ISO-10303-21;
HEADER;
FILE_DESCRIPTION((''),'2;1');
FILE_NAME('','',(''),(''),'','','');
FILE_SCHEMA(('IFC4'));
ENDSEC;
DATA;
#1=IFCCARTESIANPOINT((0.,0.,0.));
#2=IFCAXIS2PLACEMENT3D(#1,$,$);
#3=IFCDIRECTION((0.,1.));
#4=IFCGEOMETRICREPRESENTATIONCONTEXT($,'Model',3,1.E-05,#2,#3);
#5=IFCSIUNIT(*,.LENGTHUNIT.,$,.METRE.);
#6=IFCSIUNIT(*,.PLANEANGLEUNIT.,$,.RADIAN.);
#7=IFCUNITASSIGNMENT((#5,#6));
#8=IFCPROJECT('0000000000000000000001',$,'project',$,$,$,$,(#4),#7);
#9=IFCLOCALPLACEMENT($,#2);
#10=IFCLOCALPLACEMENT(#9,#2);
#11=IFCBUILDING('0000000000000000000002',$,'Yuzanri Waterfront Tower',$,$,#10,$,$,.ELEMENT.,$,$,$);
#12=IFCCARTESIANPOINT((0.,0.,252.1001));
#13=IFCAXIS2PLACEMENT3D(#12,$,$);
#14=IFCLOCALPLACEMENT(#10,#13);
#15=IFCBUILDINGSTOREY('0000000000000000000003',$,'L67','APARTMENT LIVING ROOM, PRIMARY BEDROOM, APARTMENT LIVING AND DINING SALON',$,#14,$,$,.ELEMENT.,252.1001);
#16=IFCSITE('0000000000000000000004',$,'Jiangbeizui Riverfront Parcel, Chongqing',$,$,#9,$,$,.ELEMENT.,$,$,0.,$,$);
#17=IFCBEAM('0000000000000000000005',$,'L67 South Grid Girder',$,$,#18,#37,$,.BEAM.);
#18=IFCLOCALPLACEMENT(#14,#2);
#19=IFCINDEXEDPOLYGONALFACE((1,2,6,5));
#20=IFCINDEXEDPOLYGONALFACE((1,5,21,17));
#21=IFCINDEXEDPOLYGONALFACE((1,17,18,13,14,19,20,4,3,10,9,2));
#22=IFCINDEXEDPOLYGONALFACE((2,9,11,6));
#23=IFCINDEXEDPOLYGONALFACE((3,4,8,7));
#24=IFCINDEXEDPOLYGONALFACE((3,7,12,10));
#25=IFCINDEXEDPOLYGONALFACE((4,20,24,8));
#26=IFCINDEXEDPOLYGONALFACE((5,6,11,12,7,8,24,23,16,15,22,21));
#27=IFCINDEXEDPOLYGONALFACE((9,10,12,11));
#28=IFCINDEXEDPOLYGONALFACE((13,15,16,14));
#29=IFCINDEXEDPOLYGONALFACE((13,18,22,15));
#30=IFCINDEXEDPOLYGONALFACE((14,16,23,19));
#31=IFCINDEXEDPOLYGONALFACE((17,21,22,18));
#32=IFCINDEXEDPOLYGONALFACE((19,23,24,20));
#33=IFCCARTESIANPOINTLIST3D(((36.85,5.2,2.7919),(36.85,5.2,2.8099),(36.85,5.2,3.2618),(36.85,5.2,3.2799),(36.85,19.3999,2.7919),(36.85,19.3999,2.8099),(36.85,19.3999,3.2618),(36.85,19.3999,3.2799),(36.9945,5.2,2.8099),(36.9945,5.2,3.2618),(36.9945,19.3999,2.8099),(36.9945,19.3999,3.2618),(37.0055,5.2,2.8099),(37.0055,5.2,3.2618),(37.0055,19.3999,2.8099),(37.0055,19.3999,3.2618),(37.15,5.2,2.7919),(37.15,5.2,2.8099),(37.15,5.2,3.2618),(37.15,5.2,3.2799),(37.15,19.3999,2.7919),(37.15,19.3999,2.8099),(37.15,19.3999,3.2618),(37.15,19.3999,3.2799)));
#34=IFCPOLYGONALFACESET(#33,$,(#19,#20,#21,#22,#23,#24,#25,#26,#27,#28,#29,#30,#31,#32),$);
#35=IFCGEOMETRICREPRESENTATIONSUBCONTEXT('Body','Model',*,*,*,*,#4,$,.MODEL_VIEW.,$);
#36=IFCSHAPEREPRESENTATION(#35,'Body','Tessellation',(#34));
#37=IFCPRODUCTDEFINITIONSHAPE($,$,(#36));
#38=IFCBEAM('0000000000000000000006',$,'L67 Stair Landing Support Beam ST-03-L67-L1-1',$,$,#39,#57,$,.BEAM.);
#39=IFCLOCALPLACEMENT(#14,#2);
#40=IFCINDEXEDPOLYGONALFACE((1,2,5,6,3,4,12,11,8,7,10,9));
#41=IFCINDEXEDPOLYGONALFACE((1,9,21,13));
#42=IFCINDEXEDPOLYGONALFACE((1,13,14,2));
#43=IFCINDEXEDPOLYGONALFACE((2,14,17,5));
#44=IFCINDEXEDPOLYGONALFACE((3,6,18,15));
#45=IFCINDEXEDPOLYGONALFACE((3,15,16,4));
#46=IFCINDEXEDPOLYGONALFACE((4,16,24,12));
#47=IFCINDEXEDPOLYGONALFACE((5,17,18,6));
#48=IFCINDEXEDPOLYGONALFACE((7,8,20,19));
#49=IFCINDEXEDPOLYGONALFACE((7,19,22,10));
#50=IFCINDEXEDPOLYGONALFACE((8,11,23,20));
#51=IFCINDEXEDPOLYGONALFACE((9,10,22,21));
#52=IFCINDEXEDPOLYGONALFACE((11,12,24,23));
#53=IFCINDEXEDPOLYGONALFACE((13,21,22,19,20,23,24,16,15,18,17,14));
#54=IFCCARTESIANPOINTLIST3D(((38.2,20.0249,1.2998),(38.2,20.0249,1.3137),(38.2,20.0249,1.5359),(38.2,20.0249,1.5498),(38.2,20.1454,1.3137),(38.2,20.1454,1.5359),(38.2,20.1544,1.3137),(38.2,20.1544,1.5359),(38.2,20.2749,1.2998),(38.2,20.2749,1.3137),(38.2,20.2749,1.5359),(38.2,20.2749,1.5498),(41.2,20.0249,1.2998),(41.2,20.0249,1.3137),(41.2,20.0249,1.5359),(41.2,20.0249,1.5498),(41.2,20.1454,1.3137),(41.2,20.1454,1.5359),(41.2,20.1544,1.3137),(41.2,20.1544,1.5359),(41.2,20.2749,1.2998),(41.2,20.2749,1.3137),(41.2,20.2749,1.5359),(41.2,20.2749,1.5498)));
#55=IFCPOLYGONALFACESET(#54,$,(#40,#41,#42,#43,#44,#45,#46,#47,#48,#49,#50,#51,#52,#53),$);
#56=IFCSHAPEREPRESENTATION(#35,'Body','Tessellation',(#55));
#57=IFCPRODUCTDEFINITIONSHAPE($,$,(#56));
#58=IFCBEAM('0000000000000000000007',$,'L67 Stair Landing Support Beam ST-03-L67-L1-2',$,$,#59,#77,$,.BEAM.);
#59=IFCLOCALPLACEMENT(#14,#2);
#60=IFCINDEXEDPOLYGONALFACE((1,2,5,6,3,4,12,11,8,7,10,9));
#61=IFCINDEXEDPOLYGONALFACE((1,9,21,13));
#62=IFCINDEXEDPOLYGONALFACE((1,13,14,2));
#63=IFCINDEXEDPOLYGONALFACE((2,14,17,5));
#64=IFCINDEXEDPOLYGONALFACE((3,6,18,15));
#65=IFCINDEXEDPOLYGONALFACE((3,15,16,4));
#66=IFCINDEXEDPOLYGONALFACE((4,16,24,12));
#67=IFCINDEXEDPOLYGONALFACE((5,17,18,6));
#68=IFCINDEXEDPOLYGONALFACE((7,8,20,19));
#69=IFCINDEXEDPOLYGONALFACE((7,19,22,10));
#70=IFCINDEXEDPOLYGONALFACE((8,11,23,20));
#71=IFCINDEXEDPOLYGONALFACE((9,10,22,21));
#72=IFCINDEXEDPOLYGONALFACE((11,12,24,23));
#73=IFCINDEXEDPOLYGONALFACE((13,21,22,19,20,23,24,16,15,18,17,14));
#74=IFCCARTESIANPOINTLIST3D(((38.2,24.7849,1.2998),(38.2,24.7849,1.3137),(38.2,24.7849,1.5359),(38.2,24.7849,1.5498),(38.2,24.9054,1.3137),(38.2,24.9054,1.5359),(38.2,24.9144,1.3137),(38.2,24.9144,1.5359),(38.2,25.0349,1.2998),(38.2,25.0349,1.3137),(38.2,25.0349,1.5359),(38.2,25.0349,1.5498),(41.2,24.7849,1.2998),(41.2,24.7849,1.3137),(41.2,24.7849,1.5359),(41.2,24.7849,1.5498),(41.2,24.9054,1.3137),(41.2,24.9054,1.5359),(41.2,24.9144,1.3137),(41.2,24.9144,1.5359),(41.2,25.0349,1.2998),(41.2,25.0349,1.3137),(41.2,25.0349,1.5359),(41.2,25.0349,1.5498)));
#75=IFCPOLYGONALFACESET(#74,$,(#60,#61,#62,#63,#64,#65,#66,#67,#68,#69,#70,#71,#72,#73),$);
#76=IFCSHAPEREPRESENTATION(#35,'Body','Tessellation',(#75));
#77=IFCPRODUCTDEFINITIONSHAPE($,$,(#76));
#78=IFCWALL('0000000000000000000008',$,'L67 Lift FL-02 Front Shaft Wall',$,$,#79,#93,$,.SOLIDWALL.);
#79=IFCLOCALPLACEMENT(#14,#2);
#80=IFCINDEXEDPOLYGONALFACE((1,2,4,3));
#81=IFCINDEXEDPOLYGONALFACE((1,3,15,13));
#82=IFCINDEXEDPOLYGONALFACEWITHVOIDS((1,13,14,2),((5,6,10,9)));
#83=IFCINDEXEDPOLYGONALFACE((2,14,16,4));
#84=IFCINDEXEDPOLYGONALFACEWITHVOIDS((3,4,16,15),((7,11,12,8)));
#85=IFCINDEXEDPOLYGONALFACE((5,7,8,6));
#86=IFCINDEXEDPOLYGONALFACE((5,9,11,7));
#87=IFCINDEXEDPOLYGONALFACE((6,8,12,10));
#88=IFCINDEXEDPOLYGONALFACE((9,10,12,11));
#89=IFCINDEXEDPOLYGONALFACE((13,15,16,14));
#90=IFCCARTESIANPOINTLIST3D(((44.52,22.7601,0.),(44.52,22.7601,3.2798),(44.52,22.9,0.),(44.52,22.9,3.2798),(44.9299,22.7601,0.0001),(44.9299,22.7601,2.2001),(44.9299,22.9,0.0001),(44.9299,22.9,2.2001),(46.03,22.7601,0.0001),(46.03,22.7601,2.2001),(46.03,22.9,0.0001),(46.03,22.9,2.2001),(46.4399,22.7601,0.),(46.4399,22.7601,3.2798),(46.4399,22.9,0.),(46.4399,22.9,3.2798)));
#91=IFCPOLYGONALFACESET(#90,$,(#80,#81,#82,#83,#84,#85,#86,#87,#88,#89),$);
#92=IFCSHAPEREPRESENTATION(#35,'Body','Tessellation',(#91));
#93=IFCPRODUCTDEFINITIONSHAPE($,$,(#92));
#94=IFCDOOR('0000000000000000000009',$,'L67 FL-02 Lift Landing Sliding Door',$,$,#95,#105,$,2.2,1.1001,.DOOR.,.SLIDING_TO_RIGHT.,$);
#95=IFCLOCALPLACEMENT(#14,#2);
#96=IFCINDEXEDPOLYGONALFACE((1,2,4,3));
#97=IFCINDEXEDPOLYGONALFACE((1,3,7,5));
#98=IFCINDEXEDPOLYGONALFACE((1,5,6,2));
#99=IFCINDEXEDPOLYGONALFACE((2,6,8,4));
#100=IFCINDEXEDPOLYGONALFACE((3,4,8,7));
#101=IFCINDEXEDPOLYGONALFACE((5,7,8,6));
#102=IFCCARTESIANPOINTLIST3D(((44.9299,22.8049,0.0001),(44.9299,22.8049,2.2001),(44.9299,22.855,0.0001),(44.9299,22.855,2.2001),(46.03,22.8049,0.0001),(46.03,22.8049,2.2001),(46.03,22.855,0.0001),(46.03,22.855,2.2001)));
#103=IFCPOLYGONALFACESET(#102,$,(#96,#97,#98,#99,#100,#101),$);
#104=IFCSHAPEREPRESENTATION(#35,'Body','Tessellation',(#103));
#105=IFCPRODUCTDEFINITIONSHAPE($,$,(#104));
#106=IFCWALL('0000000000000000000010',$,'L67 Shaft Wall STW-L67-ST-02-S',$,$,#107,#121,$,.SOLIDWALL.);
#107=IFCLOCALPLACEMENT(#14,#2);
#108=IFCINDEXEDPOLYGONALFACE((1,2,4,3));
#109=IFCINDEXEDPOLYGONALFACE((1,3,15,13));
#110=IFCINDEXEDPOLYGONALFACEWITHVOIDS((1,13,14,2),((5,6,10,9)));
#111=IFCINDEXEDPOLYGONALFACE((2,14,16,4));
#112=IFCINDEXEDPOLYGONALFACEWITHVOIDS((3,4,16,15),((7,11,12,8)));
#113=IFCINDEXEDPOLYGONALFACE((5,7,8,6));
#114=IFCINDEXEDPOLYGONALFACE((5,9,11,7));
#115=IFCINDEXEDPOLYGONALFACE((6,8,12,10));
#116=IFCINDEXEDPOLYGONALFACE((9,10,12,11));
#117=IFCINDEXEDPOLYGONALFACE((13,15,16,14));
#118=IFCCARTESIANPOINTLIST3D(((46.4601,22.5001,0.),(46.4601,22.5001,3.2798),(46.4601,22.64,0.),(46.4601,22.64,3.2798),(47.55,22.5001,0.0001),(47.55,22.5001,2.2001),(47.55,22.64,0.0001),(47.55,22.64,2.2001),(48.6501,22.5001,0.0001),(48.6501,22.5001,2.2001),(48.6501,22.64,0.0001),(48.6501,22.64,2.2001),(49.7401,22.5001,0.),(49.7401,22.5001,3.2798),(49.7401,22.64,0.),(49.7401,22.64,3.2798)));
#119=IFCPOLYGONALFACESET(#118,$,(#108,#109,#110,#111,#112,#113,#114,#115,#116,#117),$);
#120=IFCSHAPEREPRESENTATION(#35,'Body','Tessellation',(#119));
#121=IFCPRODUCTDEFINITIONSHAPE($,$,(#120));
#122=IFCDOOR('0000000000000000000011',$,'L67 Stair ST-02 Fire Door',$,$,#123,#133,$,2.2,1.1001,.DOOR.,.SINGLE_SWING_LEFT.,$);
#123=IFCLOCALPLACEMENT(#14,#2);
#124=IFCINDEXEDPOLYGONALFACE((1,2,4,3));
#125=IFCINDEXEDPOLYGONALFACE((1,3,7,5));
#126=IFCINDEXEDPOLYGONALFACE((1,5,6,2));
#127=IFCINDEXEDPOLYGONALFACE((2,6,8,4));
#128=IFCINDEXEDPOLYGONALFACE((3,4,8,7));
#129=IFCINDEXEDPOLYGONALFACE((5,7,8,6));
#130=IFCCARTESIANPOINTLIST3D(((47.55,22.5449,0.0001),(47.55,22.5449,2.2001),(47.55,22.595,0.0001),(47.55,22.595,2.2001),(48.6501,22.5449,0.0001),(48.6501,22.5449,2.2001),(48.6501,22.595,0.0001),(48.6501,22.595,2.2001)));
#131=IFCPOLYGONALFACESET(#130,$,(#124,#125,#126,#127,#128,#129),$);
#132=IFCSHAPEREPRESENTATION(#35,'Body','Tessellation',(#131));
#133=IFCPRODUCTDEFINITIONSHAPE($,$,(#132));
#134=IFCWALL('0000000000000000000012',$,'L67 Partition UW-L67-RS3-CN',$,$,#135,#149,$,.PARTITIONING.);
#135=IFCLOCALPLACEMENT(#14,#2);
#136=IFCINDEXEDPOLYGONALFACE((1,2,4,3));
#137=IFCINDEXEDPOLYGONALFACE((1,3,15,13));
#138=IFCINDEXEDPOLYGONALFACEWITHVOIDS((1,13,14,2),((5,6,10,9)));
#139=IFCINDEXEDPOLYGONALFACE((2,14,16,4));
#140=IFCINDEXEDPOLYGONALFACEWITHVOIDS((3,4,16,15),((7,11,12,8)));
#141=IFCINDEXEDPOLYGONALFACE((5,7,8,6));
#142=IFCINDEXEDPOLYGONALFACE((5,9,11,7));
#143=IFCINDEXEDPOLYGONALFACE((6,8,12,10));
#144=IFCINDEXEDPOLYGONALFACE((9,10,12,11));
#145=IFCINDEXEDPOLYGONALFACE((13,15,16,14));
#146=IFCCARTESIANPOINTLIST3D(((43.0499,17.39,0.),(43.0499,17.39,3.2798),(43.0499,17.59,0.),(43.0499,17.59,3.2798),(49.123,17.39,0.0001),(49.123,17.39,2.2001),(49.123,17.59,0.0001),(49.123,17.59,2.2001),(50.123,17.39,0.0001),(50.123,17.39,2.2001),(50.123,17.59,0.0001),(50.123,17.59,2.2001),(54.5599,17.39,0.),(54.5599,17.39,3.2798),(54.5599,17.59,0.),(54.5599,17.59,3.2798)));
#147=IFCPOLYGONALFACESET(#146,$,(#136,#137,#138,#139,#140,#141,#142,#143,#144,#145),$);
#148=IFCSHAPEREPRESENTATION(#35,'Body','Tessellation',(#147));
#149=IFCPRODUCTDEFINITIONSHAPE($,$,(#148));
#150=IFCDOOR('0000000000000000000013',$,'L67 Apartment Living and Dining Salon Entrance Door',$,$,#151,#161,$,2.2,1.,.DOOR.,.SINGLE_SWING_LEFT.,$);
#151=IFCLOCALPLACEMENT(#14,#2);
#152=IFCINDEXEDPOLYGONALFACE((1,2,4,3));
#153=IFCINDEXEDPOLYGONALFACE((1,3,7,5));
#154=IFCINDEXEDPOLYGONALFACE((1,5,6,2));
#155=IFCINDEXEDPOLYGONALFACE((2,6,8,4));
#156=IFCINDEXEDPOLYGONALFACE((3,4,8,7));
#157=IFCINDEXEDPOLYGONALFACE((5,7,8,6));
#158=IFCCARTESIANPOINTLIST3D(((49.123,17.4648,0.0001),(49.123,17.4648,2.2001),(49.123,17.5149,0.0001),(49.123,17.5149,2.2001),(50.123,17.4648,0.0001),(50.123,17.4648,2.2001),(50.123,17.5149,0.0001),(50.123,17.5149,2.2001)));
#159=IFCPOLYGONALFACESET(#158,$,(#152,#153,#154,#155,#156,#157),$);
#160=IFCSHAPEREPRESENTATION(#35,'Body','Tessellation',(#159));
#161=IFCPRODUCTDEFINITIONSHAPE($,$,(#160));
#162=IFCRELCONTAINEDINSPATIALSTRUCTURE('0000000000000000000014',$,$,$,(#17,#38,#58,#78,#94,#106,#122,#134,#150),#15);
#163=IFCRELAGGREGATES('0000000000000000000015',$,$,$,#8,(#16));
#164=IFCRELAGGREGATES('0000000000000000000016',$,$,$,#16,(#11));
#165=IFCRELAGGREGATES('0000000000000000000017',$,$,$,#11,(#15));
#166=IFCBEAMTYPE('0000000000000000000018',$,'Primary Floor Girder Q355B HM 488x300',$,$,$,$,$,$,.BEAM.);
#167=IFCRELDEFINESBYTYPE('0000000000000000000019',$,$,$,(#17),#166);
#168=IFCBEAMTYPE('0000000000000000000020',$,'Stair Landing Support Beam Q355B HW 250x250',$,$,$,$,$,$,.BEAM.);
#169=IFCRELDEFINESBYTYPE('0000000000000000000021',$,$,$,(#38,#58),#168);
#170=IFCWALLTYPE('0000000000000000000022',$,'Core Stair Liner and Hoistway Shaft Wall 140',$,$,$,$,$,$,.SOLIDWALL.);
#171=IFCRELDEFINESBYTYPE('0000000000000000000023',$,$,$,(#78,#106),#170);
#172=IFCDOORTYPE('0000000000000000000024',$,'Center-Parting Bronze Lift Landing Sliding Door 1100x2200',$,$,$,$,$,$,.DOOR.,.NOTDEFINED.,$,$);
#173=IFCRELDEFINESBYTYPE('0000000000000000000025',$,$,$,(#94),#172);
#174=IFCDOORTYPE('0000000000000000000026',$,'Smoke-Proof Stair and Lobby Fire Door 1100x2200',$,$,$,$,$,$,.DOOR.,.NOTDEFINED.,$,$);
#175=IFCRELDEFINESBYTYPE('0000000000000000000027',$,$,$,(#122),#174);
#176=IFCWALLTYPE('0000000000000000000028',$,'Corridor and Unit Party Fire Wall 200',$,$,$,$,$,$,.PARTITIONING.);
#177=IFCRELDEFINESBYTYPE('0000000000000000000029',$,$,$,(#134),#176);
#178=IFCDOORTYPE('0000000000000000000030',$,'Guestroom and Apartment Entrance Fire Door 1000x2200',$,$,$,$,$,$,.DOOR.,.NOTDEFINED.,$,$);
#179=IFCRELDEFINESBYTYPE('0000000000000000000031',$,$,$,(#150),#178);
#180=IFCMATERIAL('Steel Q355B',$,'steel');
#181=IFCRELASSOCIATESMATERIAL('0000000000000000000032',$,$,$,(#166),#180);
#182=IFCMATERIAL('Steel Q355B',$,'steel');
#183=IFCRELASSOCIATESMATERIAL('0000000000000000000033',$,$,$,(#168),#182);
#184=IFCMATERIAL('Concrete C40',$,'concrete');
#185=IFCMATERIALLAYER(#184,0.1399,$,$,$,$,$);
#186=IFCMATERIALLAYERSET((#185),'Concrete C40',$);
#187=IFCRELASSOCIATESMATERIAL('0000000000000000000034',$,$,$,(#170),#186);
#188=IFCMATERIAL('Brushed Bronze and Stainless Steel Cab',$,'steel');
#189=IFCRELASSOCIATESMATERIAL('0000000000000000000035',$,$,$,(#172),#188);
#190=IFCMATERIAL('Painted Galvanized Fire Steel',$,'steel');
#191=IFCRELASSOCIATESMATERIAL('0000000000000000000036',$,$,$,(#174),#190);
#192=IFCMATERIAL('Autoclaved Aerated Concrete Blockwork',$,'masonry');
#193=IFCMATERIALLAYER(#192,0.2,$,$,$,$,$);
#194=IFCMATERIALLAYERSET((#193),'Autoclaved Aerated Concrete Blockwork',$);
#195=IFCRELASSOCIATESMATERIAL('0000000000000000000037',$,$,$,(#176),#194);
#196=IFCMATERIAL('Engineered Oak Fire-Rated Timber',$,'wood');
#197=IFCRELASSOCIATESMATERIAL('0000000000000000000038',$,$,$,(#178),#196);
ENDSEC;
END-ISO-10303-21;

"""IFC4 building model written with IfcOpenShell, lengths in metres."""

from ifc_helpers import new_model, si_unit, direction, frame, frame_2d, origin, origin_2d, place, context, subcontext, project, spatial, rectangle, i_section, extrude, source, transform, mapped, material, layer, layer_set, material_profile, profile_set, type_object, element, fill, save


model = new_model("IFC4")

# Units and contexts
model_context = context("Model", 3, precision=1e-05, world=origin(), true_north=direction((0.0, 1.0)))
body_context = subcontext(model_context, "Body", "Model", "MODEL_VIEW")
ifc_project = project(units=[si_unit("LENGTHUNIT", "METRE"), si_unit("PLANEANGLEUNIT", "RADIAN")], contexts=[model_context])

# Site, building, storey
site_placement = place(None, origin())
site = spatial("IfcSite", under=ifc_project, at=site_placement, Name="Jiangbeizui Riverfront Parcel, Chongqing", CompositionType="ELEMENT", RefElevation=0.0)
building_placement = place(site_placement, origin())
building = spatial("IfcBuilding", under=site, at=building_placement, Name="Yuzanri Waterfront Tower", CompositionType="ELEMENT")
storey_placement = place(building_placement, frame((0.0, 0.0, 252.1001)))
storey = spatial("IfcBuildingStorey", under=building, at=storey_placement, Name="L67", Description="APARTMENT LIVING ROOM, PRIMARY BEDROOM, APARTMENT LIVING AND DINING SALON", CompositionType="ELEMENT", Elevation=252.1001)

# Beams
ifc_material_1 = material(Name="Steel Q355B", Category="steel")
ifc_material_profile_1 = material_profile(ifc_material_1, i_section(OverallWidth=0.3, OverallDepth=0.488, WebThickness=0.011, FlangeThickness=0.0181, at=origin_2d()), Name="HM 488x300x11x18")
ifc_profile_set_1 = profile_set([ifc_material_profile_1], Name="Steel Q355B")
beam_type_1 = type_object("IfcBeamType", Name="Primary Floor Girder Q355B HM 488x300", PredefinedType="BEAM", material=ifc_profile_set_1)
shared_shape_1 = source(origin(), body_context, "Body", "SweptSolid", [
    extrude(i_section(OverallWidth=0.3, OverallDepth=0.488, WebThickness=0.011, FlangeThickness=0.0181, at=origin_2d()), origin(), (0.0, 0.0, 1.0), 14.2),
])
beam_placement = place(storey_placement, frame((37.0, 19.3999, 3.0359), z_axis=(0.0, -1.0, 0.0), x_axis=(1.0, 0.0, 0.0)))
element("IfcBeam", 1, at=beam_placement, inside=storey, type_object=beam_type_1, Name="L67 South Grid Girder", PredefinedType="BEAM", context=body_context, shape_type="MappedRepresentation", body=[
    mapped(shared_shape_1, transform((0.0, 0.0, 0.0), scale=1.0)),
])
ifc_material_2 = material(Name="Steel Q355B", Category="steel")
ifc_material_profile_2 = material_profile(ifc_material_2, i_section(OverallWidth=0.25, OverallDepth=0.25, WebThickness=0.009, FlangeThickness=0.0139, at=origin_2d()), Name="HW 250x250x9x14")
ifc_profile_set_2 = profile_set([ifc_material_profile_2], Name="Steel Q355B")
beam_type_2 = type_object("IfcBeamType", Name="Stair Landing Support Beam Q355B HW 250x250", PredefinedType="BEAM", material=ifc_profile_set_2)
shared_shape_2 = source(origin(), body_context, "Body", "SweptSolid", [
    extrude(i_section(OverallWidth=0.25, OverallDepth=0.25, WebThickness=0.009, FlangeThickness=0.0139, at=origin_2d()), origin(), (0.0, 0.0, 1.0), 3.0),
])
for number, where, z_axis, x_axis, name in (
    (2, (38.2, 20.1499, 1.4248), (1.0, 0.0, 0.0), (0.0, 1.0, 0.0), "L67 Stair Landing Support Beam ST-03-L67-L1-1"),
    (3, (38.2, 24.9099, 1.4248), (1.0, 0.0, 0.0), (0.0, 1.0, 0.0), "L67 Stair Landing Support Beam ST-03-L67-L1-2"),
):
    element("IfcBeam", number, at=place(storey_placement, frame(where, z_axis=z_axis, x_axis=x_axis)), inside=storey, type_object=beam_type_2, Name=name, PredefinedType="BEAM", context=body_context, shape_type="MappedRepresentation", body=[
        mapped(shared_shape_2, transform((0.0, 0.0, 0.0), scale=1.0)),
    ])

# Walls, openings, doors
ifc_material_3 = material(Name="Concrete C40", Category="concrete")
ifc_layer_1 = layer(ifc_material_3, 0.1399)
ifc_layer_set_1 = layer_set([ifc_layer_1], Name="Concrete C40")
wall_type_1 = type_object("IfcWallType", Name="Core Stair Liner and Hoistway Shaft Wall 140", PredefinedType="SOLIDWALL", material=ifc_layer_set_1)
wall_1_placement = place(storey_placement, frame((44.52, 22.8301, 0.0), z_axis=(0.0, 0.0, 1.0), x_axis=(1.0, 0.0, 0.0)))
wall_1 = element("IfcWall", 4, at=wall_1_placement, inside=storey, type_object=wall_type_1, Name="L67 Lift FL-02 Front Shaft Wall", PredefinedType="SOLIDWALL", context=body_context, shape_type="SweptSolid", body=[
    extrude(rectangle(XDim=1.9199, YDim=0.1399, at=frame_2d((0.96, 0.0))), origin(), (0.0, 0.0, 1.0), 3.2798),
])
opening_1_placement = place(wall_1_placement, frame((0.4099, 0.0, 0.0)))
opening_1 = element("IfcOpeningElement", 5, at=opening_1_placement, cuts=wall_1, PredefinedType="OPENING", context=body_context, shape_type="SweptSolid", body=[
    extrude(rectangle(XDim=1.1001, YDim=2.2, at=frame_2d((0.55, 1.1001))), frame((0.0, 0.085, 0.0), z_axis=(0.0, -1.0, 0.0), x_axis=(1.0, 0.0, 0.0)), (0.0, 0.0, 1.0), 0.1697),
])
ifc_material_4 = material(Name="Brushed Bronze and Stainless Steel Cab", Category="steel")
door_type_1 = type_object("IfcDoorType", Name="Center-Parting Bronze Lift Landing Sliding Door 1100x2200", OperationType="NOTDEFINED", PredefinedType="DOOR", material=ifc_material_4)
shared_shape_3 = source(origin(), body_context, "Body", "SweptSolid", [
    extrude(rectangle(XDim=1.1001, YDim=2.2, at=frame_2d((0.55, 1.1001))), frame((0.0, 0.0249, 0.0), z_axis=(0.0, -1.0, 0.0), x_axis=(1.0, 0.0, 0.0)), (0.0, 0.0, 1.0), 0.05),
])
door_1_placement = place(opening_1_placement, origin())
door_1 = element("IfcDoor", 6, at=door_1_placement, inside=storey, type_object=door_type_1, Name="L67 FL-02 Lift Landing Sliding Door", OperationType="SLIDING_TO_RIGHT", OverallHeight=2.2, OverallWidth=1.1001, PredefinedType="DOOR", context=body_context, shape_type="MappedRepresentation", body=[
    mapped(shared_shape_3, transform((0.0, 0.0, 0.0), scale=1.0)),
])
fill(opening_1, door_1)
wall_2_placement = place(storey_placement, frame((46.46, 22.5701, 0.0), z_axis=(0.0, 0.0, 1.0), x_axis=(1.0, 0.0, 0.0)))
wall_2 = element("IfcWall", 7, at=wall_2_placement, inside=storey, type_object=wall_type_1, Name="L67 Shaft Wall STW-L67-ST-02-S", PredefinedType="SOLIDWALL", context=body_context, shape_type="SweptSolid", body=[
    extrude(rectangle(XDim=3.28, YDim=0.1399, at=frame_2d((1.6401, 0.0))), origin(), (0.0, 0.0, 1.0), 3.2798),
])
opening_2_placement = place(wall_2_placement, frame((1.0901, 0.0, 0.0)))
opening_2 = element("IfcOpeningElement", 8, at=opening_2_placement, cuts=wall_2, PredefinedType="OPENING", context=body_context, shape_type="SweptSolid", body=[
    extrude(rectangle(XDim=1.1001, YDim=2.2, at=frame_2d((0.55, 1.1001))), frame((0.0, 0.085, 0.0), z_axis=(0.0, -1.0, 0.0), x_axis=(1.0, 0.0, 0.0)), (0.0, 0.0, 1.0), 0.1697),
])
ifc_material_5 = material(Name="Painted Galvanized Fire Steel", Category="steel")
door_type_2 = type_object("IfcDoorType", Name="Smoke-Proof Stair and Lobby Fire Door 1100x2200", OperationType="NOTDEFINED", PredefinedType="DOOR", material=ifc_material_5)
shared_shape_4 = source(origin(), body_context, "Body", "SweptSolid", [
    extrude(rectangle(XDim=1.1001, YDim=2.2, at=frame_2d((0.55, 1.1001))), frame((0.0, 0.0249, 0.0), z_axis=(0.0, -1.0, 0.0), x_axis=(1.0, 0.0, 0.0)), (0.0, 0.0, 1.0), 0.05),
])
door_2_placement = place(opening_2_placement, origin())
door_2 = element("IfcDoor", 9, at=door_2_placement, inside=storey, type_object=door_type_2, Name="L67 Stair ST-02 Fire Door", OperationType="SINGLE_SWING_LEFT", OverallHeight=2.2, OverallWidth=1.1001, PredefinedType="DOOR", context=body_context, shape_type="MappedRepresentation", body=[
    mapped(shared_shape_4, transform((0.0, 0.0, 0.0), scale=1.0)),
])
fill(opening_2, door_2)
ifc_material_6 = material(Name="Autoclaved Aerated Concrete Blockwork", Category="masonry")
ifc_layer_2 = layer(ifc_material_6, 0.2)
ifc_layer_set_2 = layer_set([ifc_layer_2], Name="Autoclaved Aerated Concrete Blockwork")
wall_type_2 = type_object("IfcWallType", Name="Corridor and Unit Party Fire Wall 200", PredefinedType="PARTITIONING", material=ifc_layer_set_2)
wall_3_placement = place(storey_placement, frame((43.05, 17.49, 0.0), z_axis=(0.0, 0.0, 1.0), x_axis=(1.0, 0.0, 0.0)))
wall_3 = element("IfcWall", 10, at=wall_3_placement, inside=storey, type_object=wall_type_2, Name="L67 Partition UW-L67-RS3-CN", PredefinedType="PARTITIONING", context=body_context, shape_type="SweptSolid", body=[
    extrude(rectangle(XDim=11.51, YDim=0.2, at=frame_2d((5.7549, 0.0))), origin(), (0.0, 0.0, 1.0), 3.2798),
])
opening_3_placement = place(wall_3_placement, frame((6.073, 0.0, 0.0)))
opening_3 = element("IfcOpeningElement", 11, at=opening_3_placement, cuts=wall_3, PredefinedType="OPENING", context=body_context, shape_type="SweptSolid", body=[
    extrude(rectangle(XDim=1.0, YDim=2.2, at=frame_2d((0.5, 1.1001))), frame((0.0, 0.1147, 0.0), z_axis=(0.0, -1.0, 0.0), x_axis=(1.0, 0.0, 0.0)), (0.0, 0.0, 1.0), 0.2297),
])
ifc_material_7 = material(Name="Engineered Oak Fire-Rated Timber", Category="wood")
door_type_3 = type_object("IfcDoorType", Name="Guestroom and Apartment Entrance Fire Door 1000x2200", OperationType="NOTDEFINED", PredefinedType="DOOR", material=ifc_material_7)
shared_shape_5 = source(origin(), body_context, "Body", "SweptSolid", [
    extrude(rectangle(XDim=1.0, YDim=2.2, at=frame_2d((0.5, 1.1001))), frame((0.0, 0.0249, 0.0), z_axis=(0.0, -1.0, 0.0), x_axis=(1.0, 0.0, 0.0)), (0.0, 0.0, 1.0), 0.05),
])
door_3_placement = place(opening_3_placement, origin())
door_3 = element("IfcDoor", 12, at=door_3_placement, inside=storey, type_object=door_type_3, Name="L67 Apartment Living and Dining Salon Entrance Door", OperationType="SINGLE_SWING_LEFT", OverallHeight=2.2, OverallWidth=1.0, PredefinedType="DOOR", context=body_context, shape_type="MappedRepresentation", body=[
    mapped(shared_shape_5, transform((0.0, 0.0, 0.0), scale=1.0)),
])
fill(opening_3, door_3)

save(model, "model.ifc")
